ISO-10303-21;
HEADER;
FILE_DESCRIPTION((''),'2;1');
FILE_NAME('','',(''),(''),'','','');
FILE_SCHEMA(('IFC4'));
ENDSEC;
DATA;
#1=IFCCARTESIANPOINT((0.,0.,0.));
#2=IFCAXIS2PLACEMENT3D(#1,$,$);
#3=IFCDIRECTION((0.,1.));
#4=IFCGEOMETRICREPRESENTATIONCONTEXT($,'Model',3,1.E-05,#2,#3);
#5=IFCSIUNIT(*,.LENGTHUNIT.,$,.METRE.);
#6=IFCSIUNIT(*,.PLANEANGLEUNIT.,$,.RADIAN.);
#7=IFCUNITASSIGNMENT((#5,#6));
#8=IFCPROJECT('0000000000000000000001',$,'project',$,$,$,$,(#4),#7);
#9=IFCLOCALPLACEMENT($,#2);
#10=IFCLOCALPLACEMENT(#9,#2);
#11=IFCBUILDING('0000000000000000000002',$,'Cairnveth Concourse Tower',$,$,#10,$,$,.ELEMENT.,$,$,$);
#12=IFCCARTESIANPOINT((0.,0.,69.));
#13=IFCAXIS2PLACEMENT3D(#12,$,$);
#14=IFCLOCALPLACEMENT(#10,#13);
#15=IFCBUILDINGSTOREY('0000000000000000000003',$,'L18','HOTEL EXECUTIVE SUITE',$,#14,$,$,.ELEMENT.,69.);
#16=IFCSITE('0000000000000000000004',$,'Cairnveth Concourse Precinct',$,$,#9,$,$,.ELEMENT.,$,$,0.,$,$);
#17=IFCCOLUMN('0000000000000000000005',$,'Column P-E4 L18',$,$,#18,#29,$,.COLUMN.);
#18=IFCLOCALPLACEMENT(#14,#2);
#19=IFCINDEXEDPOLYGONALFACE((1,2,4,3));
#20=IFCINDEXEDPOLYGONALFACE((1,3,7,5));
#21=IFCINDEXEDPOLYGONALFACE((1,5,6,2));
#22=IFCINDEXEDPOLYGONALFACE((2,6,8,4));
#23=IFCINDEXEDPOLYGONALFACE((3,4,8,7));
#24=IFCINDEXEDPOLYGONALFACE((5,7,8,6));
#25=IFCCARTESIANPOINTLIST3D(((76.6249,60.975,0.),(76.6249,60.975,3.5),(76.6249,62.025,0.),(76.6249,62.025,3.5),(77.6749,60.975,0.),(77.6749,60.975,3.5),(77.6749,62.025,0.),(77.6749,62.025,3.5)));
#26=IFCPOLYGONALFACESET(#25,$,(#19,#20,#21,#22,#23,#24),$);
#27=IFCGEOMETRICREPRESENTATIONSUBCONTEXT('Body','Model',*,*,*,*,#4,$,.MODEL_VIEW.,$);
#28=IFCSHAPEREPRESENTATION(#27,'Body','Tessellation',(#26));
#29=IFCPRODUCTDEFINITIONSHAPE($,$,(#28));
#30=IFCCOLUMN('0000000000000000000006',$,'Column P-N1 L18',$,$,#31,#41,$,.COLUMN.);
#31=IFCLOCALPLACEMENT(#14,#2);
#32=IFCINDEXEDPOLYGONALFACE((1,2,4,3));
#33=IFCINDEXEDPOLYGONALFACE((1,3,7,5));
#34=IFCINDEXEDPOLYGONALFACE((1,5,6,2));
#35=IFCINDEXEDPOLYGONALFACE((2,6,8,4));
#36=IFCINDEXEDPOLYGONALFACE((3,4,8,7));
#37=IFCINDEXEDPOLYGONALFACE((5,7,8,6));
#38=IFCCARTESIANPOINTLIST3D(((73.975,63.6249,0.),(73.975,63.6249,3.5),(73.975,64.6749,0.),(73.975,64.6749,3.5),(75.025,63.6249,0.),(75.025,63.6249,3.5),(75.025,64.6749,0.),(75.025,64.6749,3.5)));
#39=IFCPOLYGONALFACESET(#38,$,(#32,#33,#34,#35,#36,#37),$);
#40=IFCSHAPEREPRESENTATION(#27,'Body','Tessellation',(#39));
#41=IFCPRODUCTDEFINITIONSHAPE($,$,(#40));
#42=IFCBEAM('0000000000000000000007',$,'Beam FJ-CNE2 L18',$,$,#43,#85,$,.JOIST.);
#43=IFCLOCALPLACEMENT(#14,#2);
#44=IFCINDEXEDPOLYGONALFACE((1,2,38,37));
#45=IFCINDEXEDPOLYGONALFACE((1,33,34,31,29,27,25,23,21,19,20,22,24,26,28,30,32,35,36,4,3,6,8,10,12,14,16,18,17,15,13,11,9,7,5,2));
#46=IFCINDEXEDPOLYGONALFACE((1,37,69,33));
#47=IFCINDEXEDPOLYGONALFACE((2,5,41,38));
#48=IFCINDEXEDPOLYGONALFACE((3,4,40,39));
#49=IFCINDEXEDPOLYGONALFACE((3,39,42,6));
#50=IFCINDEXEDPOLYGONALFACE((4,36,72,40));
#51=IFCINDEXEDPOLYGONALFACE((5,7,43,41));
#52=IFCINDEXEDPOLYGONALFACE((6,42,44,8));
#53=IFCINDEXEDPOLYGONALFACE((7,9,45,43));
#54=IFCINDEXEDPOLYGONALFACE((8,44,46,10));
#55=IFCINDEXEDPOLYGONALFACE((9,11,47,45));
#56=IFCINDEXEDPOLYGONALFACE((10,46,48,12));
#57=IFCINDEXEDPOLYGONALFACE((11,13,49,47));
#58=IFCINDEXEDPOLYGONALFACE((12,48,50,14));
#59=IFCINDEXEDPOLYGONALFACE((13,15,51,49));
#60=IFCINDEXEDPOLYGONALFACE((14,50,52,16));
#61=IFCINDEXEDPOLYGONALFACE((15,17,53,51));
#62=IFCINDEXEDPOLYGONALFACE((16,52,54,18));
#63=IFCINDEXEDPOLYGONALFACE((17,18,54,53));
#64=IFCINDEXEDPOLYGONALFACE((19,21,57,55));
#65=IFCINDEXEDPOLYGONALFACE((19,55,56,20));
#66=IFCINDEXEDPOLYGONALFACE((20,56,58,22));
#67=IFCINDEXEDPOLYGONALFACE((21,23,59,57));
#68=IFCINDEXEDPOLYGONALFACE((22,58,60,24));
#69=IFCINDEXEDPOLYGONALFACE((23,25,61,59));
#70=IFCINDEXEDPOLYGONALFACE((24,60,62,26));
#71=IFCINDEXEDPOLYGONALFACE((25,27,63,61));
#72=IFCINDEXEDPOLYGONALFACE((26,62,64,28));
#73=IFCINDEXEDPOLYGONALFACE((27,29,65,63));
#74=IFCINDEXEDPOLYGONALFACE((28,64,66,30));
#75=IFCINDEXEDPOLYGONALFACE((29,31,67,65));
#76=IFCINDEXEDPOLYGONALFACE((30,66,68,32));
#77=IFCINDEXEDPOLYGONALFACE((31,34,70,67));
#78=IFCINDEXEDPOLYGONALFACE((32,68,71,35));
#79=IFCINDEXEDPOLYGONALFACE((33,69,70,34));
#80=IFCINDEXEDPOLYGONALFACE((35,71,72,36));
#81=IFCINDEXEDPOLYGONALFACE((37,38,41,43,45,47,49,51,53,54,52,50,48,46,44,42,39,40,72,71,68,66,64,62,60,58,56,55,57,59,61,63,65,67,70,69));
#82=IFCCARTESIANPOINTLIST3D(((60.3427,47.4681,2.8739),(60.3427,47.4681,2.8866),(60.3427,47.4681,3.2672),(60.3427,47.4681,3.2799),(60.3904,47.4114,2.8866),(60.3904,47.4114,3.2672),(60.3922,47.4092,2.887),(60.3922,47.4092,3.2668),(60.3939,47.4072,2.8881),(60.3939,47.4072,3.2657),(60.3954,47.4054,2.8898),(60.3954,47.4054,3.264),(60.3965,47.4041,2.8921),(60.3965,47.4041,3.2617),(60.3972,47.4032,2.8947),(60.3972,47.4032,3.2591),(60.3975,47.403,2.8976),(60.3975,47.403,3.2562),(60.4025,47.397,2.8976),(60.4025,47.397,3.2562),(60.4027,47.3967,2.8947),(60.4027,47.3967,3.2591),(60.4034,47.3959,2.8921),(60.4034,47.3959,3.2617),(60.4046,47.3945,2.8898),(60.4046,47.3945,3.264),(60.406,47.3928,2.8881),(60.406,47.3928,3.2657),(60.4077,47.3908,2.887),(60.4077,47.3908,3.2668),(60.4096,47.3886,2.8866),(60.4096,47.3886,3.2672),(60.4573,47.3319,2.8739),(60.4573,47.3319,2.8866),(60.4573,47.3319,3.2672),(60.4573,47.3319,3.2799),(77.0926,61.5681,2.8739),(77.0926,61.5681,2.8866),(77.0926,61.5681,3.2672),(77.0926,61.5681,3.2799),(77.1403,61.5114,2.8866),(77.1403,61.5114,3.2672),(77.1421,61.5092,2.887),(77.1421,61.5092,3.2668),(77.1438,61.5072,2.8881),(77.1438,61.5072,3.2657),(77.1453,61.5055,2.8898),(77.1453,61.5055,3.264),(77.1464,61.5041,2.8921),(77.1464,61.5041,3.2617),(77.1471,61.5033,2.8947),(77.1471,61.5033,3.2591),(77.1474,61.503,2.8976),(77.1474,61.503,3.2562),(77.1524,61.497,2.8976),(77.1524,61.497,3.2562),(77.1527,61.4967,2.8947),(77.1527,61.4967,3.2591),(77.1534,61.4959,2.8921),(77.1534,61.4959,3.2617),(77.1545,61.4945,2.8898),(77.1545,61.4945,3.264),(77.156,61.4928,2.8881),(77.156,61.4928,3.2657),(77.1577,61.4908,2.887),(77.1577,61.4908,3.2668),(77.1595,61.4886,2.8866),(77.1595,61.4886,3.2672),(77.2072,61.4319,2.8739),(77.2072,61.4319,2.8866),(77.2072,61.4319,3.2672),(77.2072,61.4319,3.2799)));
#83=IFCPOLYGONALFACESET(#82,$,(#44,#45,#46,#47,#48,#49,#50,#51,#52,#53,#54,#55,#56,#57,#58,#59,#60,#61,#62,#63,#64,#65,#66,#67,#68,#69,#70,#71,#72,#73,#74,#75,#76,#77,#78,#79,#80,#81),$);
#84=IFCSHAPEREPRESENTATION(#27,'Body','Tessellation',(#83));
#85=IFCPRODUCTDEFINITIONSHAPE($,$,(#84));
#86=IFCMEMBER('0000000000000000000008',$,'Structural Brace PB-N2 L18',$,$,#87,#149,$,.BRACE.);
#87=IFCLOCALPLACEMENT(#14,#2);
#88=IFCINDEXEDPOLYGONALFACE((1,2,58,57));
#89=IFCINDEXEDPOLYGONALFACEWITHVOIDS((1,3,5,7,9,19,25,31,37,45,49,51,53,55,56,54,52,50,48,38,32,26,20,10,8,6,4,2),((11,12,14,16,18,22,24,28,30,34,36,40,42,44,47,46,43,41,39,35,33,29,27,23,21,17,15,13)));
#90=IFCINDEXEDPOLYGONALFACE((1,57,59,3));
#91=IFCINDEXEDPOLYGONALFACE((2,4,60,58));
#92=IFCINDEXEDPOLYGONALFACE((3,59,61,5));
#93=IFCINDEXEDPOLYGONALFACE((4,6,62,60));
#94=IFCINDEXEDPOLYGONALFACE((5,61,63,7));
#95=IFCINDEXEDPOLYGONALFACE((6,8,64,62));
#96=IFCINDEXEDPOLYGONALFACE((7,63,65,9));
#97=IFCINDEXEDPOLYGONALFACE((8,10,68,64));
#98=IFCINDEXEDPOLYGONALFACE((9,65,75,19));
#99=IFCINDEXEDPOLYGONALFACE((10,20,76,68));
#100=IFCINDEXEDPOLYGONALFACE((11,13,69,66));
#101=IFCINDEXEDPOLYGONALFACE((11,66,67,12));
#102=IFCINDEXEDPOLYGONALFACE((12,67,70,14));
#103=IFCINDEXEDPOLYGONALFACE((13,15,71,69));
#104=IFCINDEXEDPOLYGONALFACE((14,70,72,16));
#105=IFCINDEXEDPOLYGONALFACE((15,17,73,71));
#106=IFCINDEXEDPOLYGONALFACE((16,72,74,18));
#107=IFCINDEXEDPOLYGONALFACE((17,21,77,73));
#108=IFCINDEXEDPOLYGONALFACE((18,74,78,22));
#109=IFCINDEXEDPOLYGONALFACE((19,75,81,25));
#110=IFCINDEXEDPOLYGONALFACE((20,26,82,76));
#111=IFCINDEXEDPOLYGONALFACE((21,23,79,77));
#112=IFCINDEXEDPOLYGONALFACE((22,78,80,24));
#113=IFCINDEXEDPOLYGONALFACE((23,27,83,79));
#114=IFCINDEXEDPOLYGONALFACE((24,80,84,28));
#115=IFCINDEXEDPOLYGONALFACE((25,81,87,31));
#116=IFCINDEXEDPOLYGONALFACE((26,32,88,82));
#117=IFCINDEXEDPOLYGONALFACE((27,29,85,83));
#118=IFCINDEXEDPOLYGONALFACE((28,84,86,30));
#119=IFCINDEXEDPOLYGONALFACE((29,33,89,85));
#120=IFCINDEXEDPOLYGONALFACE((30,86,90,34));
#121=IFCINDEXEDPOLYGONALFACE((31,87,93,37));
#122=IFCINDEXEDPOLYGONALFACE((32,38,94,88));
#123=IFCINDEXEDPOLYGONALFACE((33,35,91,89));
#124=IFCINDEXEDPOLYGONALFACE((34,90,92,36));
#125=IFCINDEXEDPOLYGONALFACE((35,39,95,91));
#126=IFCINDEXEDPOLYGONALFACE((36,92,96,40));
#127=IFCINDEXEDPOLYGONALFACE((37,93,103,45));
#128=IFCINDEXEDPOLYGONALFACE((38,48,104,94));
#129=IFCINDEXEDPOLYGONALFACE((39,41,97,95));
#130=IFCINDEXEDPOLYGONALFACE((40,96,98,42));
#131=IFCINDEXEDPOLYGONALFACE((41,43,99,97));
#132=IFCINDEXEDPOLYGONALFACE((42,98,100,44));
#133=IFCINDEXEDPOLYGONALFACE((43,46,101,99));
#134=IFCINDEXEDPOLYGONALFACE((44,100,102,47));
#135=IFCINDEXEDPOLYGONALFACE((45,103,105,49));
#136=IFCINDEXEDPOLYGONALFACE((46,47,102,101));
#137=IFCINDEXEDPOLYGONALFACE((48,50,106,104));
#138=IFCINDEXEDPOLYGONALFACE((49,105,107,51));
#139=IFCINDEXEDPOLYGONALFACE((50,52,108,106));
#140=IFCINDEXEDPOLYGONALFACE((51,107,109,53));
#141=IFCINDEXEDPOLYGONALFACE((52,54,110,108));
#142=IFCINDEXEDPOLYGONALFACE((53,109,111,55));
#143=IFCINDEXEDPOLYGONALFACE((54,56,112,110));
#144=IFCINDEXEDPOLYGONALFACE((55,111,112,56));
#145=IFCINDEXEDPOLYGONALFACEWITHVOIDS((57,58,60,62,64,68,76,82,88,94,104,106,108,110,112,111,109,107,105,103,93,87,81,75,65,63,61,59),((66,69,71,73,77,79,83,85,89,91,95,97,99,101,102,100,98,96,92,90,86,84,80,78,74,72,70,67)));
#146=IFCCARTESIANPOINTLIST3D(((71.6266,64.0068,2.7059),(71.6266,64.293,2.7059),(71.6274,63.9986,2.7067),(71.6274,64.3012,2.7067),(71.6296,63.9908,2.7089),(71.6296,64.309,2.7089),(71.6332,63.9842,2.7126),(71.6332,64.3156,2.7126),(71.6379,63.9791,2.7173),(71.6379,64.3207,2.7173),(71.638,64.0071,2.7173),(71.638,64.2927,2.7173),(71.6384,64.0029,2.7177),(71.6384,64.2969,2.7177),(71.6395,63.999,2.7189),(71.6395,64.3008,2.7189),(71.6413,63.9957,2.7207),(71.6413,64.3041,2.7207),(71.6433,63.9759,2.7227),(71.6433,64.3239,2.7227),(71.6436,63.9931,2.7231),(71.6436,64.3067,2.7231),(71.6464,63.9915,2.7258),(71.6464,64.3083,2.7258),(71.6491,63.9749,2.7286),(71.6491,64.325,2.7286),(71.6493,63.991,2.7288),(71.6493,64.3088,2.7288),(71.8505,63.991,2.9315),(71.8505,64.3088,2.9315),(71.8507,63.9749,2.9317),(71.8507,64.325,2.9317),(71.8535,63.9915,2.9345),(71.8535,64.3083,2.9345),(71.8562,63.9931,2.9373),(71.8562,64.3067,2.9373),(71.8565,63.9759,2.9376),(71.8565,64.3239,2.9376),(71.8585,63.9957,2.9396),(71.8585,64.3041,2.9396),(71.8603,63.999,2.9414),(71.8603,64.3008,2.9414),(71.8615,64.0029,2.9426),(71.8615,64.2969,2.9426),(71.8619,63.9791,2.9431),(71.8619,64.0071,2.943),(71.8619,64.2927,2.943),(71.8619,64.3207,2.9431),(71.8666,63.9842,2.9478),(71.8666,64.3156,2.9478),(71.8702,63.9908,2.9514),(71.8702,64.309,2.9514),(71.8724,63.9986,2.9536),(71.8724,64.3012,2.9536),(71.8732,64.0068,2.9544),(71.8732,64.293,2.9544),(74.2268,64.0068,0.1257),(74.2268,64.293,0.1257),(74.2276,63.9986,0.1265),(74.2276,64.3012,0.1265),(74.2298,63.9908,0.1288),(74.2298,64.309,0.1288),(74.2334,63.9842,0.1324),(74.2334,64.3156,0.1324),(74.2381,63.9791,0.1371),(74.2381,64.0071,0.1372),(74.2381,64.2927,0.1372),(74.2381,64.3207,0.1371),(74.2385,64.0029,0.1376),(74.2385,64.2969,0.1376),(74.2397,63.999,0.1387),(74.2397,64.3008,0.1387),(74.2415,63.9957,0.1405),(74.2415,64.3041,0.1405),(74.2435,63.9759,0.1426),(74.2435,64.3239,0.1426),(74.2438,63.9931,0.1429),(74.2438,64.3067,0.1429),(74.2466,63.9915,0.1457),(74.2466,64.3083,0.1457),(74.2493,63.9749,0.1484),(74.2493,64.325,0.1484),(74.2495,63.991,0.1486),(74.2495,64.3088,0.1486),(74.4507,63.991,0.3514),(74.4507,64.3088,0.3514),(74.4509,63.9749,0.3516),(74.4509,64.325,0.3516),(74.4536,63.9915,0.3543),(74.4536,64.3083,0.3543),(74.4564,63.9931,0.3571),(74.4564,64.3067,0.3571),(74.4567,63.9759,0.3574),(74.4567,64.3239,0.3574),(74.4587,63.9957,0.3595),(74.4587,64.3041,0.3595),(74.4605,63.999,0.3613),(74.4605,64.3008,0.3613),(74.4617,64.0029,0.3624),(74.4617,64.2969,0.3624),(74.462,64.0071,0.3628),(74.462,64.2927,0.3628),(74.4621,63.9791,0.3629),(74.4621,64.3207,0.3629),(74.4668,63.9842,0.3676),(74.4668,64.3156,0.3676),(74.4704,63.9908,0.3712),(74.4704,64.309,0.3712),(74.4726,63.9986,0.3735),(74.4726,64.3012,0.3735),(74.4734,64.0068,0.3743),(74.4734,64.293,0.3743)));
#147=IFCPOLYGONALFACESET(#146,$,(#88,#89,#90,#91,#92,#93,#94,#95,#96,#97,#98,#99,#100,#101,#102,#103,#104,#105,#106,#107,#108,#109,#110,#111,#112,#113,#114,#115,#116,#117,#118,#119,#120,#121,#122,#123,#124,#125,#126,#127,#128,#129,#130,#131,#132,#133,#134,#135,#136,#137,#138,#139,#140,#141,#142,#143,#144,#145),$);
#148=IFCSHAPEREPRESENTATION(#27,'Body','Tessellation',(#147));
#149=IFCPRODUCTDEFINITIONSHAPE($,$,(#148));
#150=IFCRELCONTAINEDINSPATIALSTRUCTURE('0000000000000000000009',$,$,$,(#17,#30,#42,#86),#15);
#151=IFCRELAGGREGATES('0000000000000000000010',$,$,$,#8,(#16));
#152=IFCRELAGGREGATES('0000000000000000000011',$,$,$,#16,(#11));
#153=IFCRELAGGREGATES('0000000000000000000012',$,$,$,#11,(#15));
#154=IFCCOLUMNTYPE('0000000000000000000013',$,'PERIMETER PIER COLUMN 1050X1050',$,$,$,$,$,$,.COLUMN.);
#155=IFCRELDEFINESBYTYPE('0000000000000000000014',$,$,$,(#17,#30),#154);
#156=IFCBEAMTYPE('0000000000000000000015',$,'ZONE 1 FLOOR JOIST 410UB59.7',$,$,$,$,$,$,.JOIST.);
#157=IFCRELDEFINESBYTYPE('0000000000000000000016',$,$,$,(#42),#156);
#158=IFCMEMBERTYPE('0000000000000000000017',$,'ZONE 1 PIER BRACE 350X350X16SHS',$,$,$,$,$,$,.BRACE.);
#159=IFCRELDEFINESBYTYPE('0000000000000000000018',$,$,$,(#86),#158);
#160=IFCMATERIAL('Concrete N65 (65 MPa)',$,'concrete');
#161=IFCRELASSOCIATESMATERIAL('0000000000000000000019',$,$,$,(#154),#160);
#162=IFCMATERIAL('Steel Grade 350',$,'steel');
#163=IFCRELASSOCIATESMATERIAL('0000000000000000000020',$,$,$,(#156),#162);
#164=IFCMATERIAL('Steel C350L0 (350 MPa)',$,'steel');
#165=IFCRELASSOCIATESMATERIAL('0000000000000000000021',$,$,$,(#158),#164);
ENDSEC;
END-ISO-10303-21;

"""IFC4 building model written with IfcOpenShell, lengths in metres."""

from ifc_helpers import new_model, si_unit, direction, frame, origin, origin_2d, place, context, subcontext, project, spatial, rectangle, hollow_rectangle, i_section, extrude, material, material_profile, profile_set, type_object, element, save


model = new_model("IFC4")

# Units and contexts
model_context = context("Model", 3, precision=1e-05, world=origin(), true_north=direction((0.0, 1.0)))
body_context = subcontext(model_context, "Body", "Model", "MODEL_VIEW")
ifc_project = project(units=[si_unit("LENGTHUNIT", "METRE"), si_unit("PLANEANGLEUNIT", "RADIAN")], contexts=[model_context])

# Site, building, storey
site_placement = place(None, origin())
site = spatial("IfcSite", under=ifc_project, at=site_placement, Name="Cairnveth Concourse Precinct", CompositionType="ELEMENT", RefElevation=0.0)
building_placement = place(site_placement, origin())
building = spatial("IfcBuilding", under=site, at=building_placement, Name="Cairnveth Concourse Tower", CompositionType="ELEMENT")
storey_placement = place(building_placement, frame((0.0, 0.0, 69.0)))
storey = spatial("IfcBuildingStorey", under=building, at=storey_placement, Name="L18", Description="HOTEL EXECUTIVE SUITE", CompositionType="ELEMENT", Elevation=69.0)

# Columns
ifc_material_1 = material(Name="Concrete N65 (65 MPa)", Category="concrete")
ifc_material_profile_1 = material_profile(ifc_material_1, rectangle(XDim=1.05, YDim=1.05, at=origin_2d()), Name="RC-COL-1050x1050")
ifc_profile_set_1 = profile_set([ifc_material_profile_1], Name="Concrete N65 (65 MPa)")
column_type = type_object("IfcColumnType", Name="PERIMETER PIER COLUMN 1050X1050", PredefinedType="COLUMN", material=ifc_profile_set_1)
for number, where, z_axis, x_axis, name in (
    (1, (77.1499, 61.5, 0.0), (0.0, 0.0, 1.0), (0.0, 1.0, 0.0), "Column P-E4 L18"),
    (2, (74.5, 64.1499, 0.0), (0.0, 0.0, 1.0), (1.0, 0.0, 0.0), "Column P-N1 L18"),
):
    element("IfcColumn", number, at=place(storey_placement, frame(where, z_axis=z_axis, x_axis=x_axis)), inside=storey, type_object=column_type, Name=name, PredefinedType="COLUMN", context=body_context, shape_type="SweptSolid", body=[
        extrude(rectangle(XDim=1.05, YDim=1.05, at=origin_2d()), origin(), (0.0, 0.0, 1.0), 3.5),
    ])

# Beam
ifc_material_2 = material(Name="Steel Grade 350", Category="steel")
ifc_material_profile_2 = material_profile(ifc_material_2, i_section(OverallWidth=0.178, OverallDepth=0.406, WebThickness=0.0078, FlangeThickness=0.0127, FilletRadius=0.011, at=origin_2d()), Name="410UB59.7")
ifc_profile_set_2 = profile_set([ifc_material_profile_2], Name="Steel Grade 350")
beam_type_1 = type_object("IfcBeamType", Name="ZONE 1 FLOOR JOIST 410UB59.7", PredefinedType="JOIST", material=ifc_profile_set_2)
beam_1_placement = place(storey_placement, frame((77.1499, 61.5, 3.0769), z_axis=(-0.765027, -0.643998, 0.0), x_axis=(0.643998, -0.765027, 0.0)))
element("IfcBeam", 3, at=beam_1_placement, inside=storey, type_object=beam_type_1, Name="Beam FJ-CNE2 L18", PredefinedType="JOIST", context=body_context, shape_type="SweptSolid", body=[
    extrude(i_section(OverallWidth=0.178, OverallDepth=0.406, WebThickness=0.0078, FlangeThickness=0.0127, FilletRadius=0.011, at=origin_2d()), origin(), (0.0, 0.0, 1.0), 21.8945),
])

# Member
ifc_material_3 = material(Name="Steel C350L0 (350 MPa)", Category="steel")
ifc_material_profile_3 = material_profile(ifc_material_3, hollow_rectangle(XDim=0.3501, YDim=0.3501, WallThickness=0.0161, InnerFilletRadius=0.0161, OuterFilletRadius=0.032, at=origin_2d()), Name="350x350x16.0SHS")
ifc_profile_set_3 = profile_set([ifc_material_profile_3], Name="Steel C350L0 (350 MPa)")
member_type = type_object("IfcMemberType", Name="ZONE 1 PIER BRACE 350X350X16SHS", PredefinedType="BRACE", material=ifc_profile_set_3)
for number, where, z_axis, x_axis, name in (
    (4, (74.3501, 64.1499, 0.25), (-0.709834, 0.0, 0.704369), (0.0, -1.0, 0.0), "Structural Brace PB-N2 L18"),
):
    element("IfcMember", number, at=place(storey_placement, frame(where, z_axis=z_axis, x_axis=x_axis)), inside=storey, type_object=member_type, Name=name, PredefinedType="BRACE", context=body_context, shape_type="SweptSolid", body=[
        extrude(hollow_rectangle(XDim=0.3501, YDim=0.3501, WallThickness=0.0161, InnerFilletRadius=0.0161, OuterFilletRadius=0.032, at=origin_2d()), origin(), (0.0, 0.0, 1.0), 3.6631),
    ])

save(model, "model.ifc")
